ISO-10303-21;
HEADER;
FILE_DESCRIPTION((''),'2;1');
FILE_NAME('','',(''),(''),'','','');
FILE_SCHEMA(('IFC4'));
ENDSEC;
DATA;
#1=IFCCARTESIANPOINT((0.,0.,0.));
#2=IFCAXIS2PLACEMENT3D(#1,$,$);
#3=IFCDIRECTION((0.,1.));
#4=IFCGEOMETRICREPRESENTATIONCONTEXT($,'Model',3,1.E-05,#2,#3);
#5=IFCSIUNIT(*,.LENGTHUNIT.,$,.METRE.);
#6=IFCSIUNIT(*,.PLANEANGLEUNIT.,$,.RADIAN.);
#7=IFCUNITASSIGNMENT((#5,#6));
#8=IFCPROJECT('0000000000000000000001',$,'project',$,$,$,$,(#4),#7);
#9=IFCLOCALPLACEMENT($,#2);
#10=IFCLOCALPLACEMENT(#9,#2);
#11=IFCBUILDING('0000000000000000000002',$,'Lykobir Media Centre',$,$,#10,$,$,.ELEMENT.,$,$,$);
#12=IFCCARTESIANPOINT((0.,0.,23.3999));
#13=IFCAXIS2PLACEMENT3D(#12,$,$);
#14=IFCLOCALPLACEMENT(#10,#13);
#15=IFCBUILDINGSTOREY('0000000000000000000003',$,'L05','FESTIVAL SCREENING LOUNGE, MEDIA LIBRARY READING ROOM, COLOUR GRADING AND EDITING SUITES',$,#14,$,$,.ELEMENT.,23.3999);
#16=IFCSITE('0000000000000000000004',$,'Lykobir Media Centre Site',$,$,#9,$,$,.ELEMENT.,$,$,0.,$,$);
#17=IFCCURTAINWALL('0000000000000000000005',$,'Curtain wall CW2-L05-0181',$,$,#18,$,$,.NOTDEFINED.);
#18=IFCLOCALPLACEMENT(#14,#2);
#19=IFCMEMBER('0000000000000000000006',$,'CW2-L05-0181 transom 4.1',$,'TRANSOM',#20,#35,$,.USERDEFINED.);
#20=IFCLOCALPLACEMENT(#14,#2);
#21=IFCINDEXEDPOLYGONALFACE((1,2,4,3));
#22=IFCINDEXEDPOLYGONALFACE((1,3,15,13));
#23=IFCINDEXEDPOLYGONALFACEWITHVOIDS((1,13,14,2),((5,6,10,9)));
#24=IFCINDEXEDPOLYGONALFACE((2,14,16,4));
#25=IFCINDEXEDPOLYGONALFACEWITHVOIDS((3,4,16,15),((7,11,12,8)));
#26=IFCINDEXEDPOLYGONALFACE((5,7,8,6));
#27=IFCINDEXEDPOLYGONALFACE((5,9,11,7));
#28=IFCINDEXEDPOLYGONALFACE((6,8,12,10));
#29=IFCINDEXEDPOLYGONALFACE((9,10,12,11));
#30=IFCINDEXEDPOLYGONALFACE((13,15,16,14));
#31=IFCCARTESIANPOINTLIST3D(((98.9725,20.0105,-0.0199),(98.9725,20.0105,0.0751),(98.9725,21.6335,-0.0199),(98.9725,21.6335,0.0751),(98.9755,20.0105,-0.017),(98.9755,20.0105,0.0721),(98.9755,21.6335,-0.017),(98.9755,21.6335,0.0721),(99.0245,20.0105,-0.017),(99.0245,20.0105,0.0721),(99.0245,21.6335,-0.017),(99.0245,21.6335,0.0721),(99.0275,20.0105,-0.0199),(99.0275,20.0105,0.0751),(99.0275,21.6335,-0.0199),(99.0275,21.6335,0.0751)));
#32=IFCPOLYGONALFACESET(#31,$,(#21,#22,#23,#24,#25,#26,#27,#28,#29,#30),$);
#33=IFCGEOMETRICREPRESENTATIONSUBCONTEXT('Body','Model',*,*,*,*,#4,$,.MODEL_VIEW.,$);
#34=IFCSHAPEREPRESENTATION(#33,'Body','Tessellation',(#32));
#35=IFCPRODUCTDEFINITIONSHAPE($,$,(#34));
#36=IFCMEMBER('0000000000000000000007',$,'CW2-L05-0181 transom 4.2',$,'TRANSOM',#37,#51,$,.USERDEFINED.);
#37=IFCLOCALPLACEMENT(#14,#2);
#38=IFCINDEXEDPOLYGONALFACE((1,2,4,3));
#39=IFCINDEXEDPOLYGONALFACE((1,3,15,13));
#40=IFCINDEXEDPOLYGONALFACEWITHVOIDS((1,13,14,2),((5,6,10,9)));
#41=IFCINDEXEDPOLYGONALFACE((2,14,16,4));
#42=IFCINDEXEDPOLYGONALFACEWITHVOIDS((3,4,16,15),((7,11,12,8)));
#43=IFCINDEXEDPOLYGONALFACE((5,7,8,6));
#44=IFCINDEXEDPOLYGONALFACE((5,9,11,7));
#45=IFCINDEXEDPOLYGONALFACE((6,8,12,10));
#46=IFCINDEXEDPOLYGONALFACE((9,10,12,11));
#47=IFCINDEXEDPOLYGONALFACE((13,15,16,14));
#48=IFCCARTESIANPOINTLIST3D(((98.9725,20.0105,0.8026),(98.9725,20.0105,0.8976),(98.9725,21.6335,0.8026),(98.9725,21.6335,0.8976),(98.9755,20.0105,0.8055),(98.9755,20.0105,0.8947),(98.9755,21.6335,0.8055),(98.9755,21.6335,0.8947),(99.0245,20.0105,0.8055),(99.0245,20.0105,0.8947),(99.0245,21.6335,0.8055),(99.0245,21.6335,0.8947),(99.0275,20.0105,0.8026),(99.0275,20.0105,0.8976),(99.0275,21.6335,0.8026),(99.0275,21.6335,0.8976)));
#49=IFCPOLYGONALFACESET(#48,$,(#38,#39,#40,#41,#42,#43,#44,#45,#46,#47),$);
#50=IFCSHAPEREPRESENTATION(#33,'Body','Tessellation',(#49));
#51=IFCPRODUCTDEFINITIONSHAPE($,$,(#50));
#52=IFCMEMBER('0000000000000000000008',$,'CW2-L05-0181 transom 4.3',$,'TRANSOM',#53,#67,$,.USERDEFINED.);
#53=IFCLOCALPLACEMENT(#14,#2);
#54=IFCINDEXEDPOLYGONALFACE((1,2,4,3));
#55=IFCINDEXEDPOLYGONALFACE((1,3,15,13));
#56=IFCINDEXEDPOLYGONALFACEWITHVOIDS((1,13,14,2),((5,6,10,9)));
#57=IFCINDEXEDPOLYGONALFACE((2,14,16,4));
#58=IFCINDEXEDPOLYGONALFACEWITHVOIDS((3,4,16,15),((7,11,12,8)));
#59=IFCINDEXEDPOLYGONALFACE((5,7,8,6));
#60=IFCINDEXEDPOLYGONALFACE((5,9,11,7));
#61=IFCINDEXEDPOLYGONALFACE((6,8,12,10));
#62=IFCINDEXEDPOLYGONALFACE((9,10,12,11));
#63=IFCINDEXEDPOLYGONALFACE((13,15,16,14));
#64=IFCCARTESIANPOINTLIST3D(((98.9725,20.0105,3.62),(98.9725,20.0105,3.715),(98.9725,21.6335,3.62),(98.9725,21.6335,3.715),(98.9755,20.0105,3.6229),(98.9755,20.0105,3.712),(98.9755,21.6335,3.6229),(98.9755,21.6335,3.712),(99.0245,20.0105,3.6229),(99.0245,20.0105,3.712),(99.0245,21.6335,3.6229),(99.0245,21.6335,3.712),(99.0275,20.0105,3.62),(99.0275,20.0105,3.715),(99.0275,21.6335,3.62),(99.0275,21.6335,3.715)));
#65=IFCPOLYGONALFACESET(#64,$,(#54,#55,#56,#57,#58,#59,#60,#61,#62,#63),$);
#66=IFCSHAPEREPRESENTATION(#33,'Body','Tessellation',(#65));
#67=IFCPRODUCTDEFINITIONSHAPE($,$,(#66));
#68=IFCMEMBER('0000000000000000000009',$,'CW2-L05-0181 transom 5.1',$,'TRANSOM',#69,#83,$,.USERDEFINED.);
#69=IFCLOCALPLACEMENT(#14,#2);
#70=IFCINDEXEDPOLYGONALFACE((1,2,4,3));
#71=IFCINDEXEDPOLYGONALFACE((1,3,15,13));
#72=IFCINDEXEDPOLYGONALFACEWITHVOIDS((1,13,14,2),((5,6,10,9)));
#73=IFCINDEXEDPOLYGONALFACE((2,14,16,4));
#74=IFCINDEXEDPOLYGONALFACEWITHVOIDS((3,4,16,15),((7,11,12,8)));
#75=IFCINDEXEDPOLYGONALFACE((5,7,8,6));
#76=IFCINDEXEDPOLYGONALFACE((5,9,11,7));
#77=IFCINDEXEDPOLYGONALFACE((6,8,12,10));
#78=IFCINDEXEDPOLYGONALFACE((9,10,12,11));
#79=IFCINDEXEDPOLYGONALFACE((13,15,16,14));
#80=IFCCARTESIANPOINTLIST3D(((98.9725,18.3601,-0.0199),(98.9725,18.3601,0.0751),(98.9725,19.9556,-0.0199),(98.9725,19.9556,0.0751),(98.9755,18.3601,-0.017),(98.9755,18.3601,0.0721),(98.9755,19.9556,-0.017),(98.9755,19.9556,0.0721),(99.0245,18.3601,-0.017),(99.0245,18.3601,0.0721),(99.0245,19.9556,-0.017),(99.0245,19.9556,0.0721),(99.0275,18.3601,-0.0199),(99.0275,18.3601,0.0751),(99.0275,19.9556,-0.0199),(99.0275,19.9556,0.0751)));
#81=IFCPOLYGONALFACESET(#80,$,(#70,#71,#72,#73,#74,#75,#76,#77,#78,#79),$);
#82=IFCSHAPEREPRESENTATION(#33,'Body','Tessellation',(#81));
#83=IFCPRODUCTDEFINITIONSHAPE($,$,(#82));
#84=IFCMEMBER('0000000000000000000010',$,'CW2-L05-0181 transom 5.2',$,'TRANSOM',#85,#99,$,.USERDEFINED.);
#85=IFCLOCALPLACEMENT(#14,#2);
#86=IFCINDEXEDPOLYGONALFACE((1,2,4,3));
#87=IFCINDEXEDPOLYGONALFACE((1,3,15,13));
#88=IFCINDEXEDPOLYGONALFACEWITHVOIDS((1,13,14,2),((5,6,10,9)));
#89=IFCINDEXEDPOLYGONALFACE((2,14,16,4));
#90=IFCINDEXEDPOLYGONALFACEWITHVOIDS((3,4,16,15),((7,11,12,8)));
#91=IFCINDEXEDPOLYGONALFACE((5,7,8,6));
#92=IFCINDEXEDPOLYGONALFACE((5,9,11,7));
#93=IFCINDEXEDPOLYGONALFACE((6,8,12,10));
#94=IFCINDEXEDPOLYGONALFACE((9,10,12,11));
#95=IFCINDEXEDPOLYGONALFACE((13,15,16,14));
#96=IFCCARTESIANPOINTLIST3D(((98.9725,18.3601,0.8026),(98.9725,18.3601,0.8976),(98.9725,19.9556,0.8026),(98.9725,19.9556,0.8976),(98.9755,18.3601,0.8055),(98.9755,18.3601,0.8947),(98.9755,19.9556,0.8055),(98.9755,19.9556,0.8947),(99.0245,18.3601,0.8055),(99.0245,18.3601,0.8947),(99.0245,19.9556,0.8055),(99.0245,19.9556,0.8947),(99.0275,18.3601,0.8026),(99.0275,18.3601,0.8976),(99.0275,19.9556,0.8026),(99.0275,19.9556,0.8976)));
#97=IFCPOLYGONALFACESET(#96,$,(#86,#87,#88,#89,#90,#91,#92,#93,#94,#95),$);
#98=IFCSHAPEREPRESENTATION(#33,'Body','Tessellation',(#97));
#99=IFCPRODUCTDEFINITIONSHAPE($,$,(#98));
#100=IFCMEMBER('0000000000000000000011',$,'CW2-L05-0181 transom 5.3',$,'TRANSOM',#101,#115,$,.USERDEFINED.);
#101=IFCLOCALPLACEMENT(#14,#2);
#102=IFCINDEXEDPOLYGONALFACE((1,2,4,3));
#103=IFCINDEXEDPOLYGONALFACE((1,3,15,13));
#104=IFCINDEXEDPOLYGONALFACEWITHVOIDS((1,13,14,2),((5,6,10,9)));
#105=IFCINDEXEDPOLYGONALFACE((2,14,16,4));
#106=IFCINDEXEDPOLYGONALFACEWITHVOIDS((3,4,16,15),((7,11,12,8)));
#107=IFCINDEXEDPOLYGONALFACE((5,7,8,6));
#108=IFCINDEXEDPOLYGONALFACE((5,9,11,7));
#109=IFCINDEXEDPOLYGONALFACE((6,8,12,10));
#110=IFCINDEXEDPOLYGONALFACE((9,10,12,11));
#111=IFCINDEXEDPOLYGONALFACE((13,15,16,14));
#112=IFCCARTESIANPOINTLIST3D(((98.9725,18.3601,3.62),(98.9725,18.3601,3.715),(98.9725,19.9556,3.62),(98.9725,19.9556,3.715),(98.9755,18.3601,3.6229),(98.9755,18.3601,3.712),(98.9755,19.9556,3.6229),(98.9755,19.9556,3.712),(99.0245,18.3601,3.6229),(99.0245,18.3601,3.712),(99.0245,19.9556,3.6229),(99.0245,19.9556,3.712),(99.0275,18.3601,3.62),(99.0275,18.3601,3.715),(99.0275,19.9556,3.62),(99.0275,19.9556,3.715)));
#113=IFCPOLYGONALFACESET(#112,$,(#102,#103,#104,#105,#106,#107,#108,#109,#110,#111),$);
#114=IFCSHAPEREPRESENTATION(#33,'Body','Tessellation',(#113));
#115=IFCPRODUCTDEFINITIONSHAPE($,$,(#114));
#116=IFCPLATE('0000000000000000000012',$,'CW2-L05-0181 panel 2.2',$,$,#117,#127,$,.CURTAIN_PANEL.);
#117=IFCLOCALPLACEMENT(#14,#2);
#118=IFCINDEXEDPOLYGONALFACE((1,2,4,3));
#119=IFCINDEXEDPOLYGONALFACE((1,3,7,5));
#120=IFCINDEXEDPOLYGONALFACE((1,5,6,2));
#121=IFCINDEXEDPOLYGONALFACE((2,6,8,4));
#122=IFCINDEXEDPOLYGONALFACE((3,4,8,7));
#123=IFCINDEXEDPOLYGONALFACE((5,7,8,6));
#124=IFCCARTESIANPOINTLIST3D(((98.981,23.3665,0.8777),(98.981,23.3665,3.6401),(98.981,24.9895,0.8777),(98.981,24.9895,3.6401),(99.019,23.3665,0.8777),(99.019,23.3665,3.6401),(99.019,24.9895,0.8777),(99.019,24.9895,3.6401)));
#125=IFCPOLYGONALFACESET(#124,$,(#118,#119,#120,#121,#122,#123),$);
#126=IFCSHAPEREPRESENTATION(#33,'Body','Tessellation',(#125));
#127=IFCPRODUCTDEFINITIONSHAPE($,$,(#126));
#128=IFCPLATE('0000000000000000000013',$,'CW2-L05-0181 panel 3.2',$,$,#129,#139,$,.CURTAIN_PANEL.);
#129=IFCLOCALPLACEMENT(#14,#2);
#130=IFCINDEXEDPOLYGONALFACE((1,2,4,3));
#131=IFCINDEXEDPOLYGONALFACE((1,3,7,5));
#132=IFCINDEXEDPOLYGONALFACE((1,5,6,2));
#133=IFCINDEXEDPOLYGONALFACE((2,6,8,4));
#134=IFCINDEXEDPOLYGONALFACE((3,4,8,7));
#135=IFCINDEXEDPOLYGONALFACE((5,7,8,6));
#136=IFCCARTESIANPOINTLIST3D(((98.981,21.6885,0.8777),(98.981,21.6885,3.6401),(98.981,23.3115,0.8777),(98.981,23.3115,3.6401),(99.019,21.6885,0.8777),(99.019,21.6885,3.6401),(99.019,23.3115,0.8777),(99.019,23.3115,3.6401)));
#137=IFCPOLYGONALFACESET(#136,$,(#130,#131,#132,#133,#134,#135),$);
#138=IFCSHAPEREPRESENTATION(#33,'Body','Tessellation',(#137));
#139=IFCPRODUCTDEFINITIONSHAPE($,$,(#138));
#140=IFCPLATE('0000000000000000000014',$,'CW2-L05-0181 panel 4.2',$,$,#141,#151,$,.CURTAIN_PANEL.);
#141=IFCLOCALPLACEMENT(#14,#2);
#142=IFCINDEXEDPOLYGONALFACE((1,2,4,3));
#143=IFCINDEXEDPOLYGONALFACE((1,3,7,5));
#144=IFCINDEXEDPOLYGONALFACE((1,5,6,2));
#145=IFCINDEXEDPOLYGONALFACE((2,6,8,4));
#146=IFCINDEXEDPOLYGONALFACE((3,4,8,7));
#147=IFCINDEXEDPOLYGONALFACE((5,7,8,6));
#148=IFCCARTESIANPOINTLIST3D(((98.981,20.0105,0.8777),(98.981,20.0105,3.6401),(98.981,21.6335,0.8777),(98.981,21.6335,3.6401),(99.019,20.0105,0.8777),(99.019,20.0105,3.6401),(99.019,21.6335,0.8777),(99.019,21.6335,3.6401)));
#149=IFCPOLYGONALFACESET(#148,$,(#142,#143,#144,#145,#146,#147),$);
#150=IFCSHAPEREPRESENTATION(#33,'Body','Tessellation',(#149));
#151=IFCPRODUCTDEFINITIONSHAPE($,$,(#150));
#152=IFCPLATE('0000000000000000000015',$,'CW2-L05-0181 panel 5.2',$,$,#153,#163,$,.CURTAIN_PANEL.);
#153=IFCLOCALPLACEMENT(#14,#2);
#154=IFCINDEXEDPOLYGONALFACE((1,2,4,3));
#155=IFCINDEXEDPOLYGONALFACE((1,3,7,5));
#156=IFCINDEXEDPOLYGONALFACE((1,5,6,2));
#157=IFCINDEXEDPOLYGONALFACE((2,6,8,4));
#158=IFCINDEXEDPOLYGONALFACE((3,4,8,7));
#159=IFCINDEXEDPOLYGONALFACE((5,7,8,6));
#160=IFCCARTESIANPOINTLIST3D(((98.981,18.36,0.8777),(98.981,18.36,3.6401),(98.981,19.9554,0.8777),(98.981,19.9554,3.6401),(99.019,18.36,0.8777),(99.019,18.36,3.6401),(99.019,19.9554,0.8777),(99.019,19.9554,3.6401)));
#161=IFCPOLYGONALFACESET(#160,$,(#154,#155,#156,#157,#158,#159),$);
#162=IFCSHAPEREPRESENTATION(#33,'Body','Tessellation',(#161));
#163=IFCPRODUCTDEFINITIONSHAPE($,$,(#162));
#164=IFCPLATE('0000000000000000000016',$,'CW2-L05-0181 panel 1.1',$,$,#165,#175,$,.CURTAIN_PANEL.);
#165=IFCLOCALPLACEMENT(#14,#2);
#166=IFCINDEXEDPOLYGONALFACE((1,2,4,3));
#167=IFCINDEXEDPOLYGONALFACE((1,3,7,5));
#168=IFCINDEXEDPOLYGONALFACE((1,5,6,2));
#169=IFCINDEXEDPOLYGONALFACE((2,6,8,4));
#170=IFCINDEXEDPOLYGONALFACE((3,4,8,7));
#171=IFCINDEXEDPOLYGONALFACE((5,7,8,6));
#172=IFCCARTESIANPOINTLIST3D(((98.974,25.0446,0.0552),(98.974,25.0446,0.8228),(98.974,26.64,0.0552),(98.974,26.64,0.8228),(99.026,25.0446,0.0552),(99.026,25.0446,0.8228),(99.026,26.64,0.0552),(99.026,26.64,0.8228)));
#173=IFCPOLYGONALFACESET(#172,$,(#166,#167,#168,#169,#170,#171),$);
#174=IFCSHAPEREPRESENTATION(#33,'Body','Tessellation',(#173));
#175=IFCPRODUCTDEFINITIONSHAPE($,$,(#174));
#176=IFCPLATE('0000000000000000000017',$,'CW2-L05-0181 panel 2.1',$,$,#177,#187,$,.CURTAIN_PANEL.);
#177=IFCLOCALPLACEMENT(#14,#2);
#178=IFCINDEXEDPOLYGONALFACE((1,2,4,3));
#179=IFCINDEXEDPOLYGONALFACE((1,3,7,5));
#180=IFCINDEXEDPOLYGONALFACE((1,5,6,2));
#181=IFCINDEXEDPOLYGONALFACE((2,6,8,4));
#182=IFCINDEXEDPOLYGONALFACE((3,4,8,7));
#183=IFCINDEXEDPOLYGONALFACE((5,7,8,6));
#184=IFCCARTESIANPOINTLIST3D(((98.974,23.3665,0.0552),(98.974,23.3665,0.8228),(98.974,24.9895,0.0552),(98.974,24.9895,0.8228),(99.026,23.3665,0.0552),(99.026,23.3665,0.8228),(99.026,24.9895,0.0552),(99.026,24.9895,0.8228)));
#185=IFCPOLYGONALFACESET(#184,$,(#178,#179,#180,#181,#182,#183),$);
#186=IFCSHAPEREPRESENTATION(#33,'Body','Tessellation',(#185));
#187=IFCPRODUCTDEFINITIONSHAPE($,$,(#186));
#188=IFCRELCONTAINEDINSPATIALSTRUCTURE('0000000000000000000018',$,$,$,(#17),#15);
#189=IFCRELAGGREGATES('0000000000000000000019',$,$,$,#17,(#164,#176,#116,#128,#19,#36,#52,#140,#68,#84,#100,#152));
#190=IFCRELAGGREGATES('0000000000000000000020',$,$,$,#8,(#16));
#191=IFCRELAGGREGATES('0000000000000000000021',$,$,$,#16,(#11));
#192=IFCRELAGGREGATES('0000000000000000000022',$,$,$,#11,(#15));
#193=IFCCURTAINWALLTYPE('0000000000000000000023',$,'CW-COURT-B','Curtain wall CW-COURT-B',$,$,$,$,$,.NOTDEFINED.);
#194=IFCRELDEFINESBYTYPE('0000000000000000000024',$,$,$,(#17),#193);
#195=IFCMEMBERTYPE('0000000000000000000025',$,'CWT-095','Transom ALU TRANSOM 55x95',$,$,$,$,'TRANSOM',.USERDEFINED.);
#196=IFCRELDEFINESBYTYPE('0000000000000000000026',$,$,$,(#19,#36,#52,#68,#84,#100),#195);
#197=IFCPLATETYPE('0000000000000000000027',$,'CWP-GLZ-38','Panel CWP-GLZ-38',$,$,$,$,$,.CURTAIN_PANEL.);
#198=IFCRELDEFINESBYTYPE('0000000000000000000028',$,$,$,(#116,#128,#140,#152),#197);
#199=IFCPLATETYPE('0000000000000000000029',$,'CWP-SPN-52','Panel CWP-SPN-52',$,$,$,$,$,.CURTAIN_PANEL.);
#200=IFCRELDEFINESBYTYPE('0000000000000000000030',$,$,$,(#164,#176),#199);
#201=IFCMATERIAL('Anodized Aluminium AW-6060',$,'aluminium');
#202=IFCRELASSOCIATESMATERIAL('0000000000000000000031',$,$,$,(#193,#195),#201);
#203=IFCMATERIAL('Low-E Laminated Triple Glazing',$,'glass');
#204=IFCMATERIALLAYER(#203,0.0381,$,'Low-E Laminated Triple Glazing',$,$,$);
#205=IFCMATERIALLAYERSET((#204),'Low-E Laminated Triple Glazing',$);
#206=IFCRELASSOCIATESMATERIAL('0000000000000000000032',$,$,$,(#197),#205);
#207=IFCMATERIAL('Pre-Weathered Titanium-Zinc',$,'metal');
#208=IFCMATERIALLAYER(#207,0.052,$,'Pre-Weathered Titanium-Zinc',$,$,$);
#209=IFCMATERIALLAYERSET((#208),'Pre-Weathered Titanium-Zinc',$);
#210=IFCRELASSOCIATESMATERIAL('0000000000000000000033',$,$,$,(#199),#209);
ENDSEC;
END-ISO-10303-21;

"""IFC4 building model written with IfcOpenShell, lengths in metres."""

from ifc_helpers import new_model, si_unit, direction, frame, origin, origin_2d, place, context, subcontext, project, spatial, rectangle, hollow_rectangle, extrude, material, layer, layer_set, material_profile, profile_set, type_object, element, aggregate, save


model = new_model("IFC4")

# Units and contexts
model_context = context("Model", 3, precision=1e-05, world=origin(), true_north=direction((0.0, 1.0)))
body_context = subcontext(model_context, "Body", "Model", "MODEL_VIEW")
ifc_project = project(units=[si_unit("LENGTHUNIT", "METRE"), si_unit("PLANEANGLEUNIT", "RADIAN")], contexts=[model_context])

# Site, building, storey
site_placement = place(None, origin())
site = spatial("IfcSite", under=ifc_project, at=site_placement, Name="Lykobir Media Centre Site", CompositionType="ELEMENT", RefElevation=0.0)
building_placement = place(site_placement, origin())
building = spatial("IfcBuilding", under=site, at=building_placement, Name="Lykobir Media Centre", CompositionType="ELEMENT")
storey_placement = place(building_placement, frame((0.0, 0.0, 23.3999)))
storey = spatial("IfcBuildingStorey", under=building, at=storey_placement, Name="L05", Description="FESTIVAL SCREENING LOUNGE, MEDIA LIBRARY READING ROOM, COLOUR GRADING AND EDITING SUITES", CompositionType="ELEMENT", Elevation=23.3999)

# Curtain wall, members, plates
ifc_material_1 = material(Name="Anodized Aluminium AW-6060", Category="aluminium")
curtain_wall_type = type_object("IfcCurtainWallType", Name="CW-COURT-B", Description="Curtain wall CW-COURT-B", PredefinedType="NOTDEFINED", material=ifc_material_1)
curtain_wall_placement = place(storey_placement, origin())
curtain_wall = element("IfcCurtainWall", 1, at=curtain_wall_placement, inside=storey, type_object=curtain_wall_type, Name="Curtain wall CW2-L05-0181", PredefinedType="NOTDEFINED")
ifc_material_profile_1 = material_profile(ifc_material_1, hollow_rectangle(XDim=0.0549, YDim=0.095, WallThickness=0.0029, at=origin_2d()), Name="ALU TRANSOM 55x95")
ifc_profile_set_1 = profile_set([ifc_material_profile_1], Name="Anodized Aluminium AW-6060")
member_type_1 = type_object("IfcMemberType", Name="CWT-095", Description="Transom ALU TRANSOM 55x95", ElementType="TRANSOM", PredefinedType="USERDEFINED", material=ifc_profile_set_1)
member_1_placement = place(storey_placement, frame((99.0, 21.6335, 0.0276), z_axis=(0.0, -1.0, 0.0), x_axis=(1.0, 0.0, 0.0)))
member_1 = element("IfcMember", 2, at=member_1_placement, type_object=member_type_1, Name="CW2-L05-0181 transom 4.1", ObjectType="TRANSOM", PredefinedType="USERDEFINED", context=body_context, shape_type="SweptSolid", body=[
    extrude(hollow_rectangle(XDim=0.0549, YDim=0.095, WallThickness=0.0029, at=origin_2d()), origin(), (0.0, 0.0, 1.0), 1.623),
])
member_2_placement = place(storey_placement, frame((99.0, 21.6335, 0.8501), z_axis=(0.0, -1.0, 0.0), x_axis=(1.0, 0.0, 0.0)))
member_2 = element("IfcMember", 3, at=member_2_placement, type_object=member_type_1, Name="CW2-L05-0181 transom 4.2", ObjectType="TRANSOM", PredefinedType="USERDEFINED", context=body_context, shape_type="SweptSolid", body=[
    extrude(hollow_rectangle(XDim=0.0549, YDim=0.095, WallThickness=0.0029, at=origin_2d()), origin(), (0.0, 0.0, 1.0), 1.623),
])
member_3_placement = place(storey_placement, frame((99.0, 21.6335, 3.6675), z_axis=(0.0, -1.0, 0.0), x_axis=(1.0, 0.0, 0.0)))
member_3 = element("IfcMember", 4, at=member_3_placement, type_object=member_type_1, Name="CW2-L05-0181 transom 4.3", ObjectType="TRANSOM", PredefinedType="USERDEFINED", context=body_context, shape_type="SweptSolid", body=[
    extrude(hollow_rectangle(XDim=0.0549, YDim=0.095, WallThickness=0.0029, at=origin_2d()), origin(), (0.0, 0.0, 1.0), 1.623),
])
member_4_placement = place(storey_placement, frame((99.0, 19.9556, 0.0276), z_axis=(0.0, -1.0, 0.0), x_axis=(1.0, 0.0, 0.0)))
member_4 = element("IfcMember", 5, at=member_4_placement, type_object=member_type_1, Name="CW2-L05-0181 transom 5.1", ObjectType="TRANSOM", PredefinedType="USERDEFINED", context=body_context, shape_type="SweptSolid", body=[
    extrude(hollow_rectangle(XDim=0.0549, YDim=0.095, WallThickness=0.0029, at=origin_2d()), origin(), (0.0, 0.0, 1.0), 1.5955),
])
member_5_placement = place(storey_placement, frame((99.0, 19.9556, 0.8501), z_axis=(0.0, -1.0, 0.0), x_axis=(1.0, 0.0, 0.0)))
member_5 = element("IfcMember", 6, at=member_5_placement, type_object=member_type_1, Name="CW2-L05-0181 transom 5.2", ObjectType="TRANSOM", PredefinedType="USERDEFINED", context=body_context, shape_type="SweptSolid", body=[
    extrude(hollow_rectangle(XDim=0.0549, YDim=0.095, WallThickness=0.0029, at=origin_2d()), origin(), (0.0, 0.0, 1.0), 1.5955),
])
member_6_placement = place(storey_placement, frame((99.0, 19.9556, 3.6675), z_axis=(0.0, -1.0, 0.0), x_axis=(1.0, 0.0, 0.0)))
member_6 = element("IfcMember", 7, at=member_6_placement, type_object=member_type_1, Name="CW2-L05-0181 transom 5.3", ObjectType="TRANSOM", PredefinedType="USERDEFINED", context=body_context, shape_type="SweptSolid", body=[
    extrude(hollow_rectangle(XDim=0.0549, YDim=0.095, WallThickness=0.0029, at=origin_2d()), origin(), (0.0, 0.0, 1.0), 1.5955),
])
ifc_material_2 = material(Name="Low-E Laminated Triple Glazing", Category="glass")
ifc_layer_1 = layer(ifc_material_2, 0.0381, Name="Low-E Laminated Triple Glazing")
ifc_layer_set_1 = layer_set([ifc_layer_1], Name="Low-E Laminated Triple Glazing")
plate_type_1 = type_object("IfcPlateType", Name="CWP-GLZ-38", Description="Panel CWP-GLZ-38", PredefinedType="CURTAIN_PANEL", material=ifc_layer_set_1)
plate_1_placement = place(storey_placement, frame((99.0, 24.178, 0.8777), z_axis=(0.0, 0.0, 1.0), x_axis=(0.0, -1.0, 0.0)))
plate_1 = element("IfcPlate", 8, at=plate_1_placement, type_object=plate_type_1, Name="CW2-L05-0181 panel 2.2", PredefinedType="CURTAIN_PANEL", context=body_context, shape_type="SweptSolid", body=[
    extrude(rectangle(XDim=1.623, YDim=0.0381, at=origin_2d()), origin(), (0.0, 0.0, 1.0), 2.7625),
])
plate_2_placement = place(storey_placement, frame((99.0, 22.5, 0.8777), z_axis=(0.0, 0.0, 1.0), x_axis=(0.0, -1.0, 0.0)))
plate_2 = element("IfcPlate", 9, at=plate_2_placement, type_object=plate_type_1, Name="CW2-L05-0181 panel 3.2", PredefinedType="CURTAIN_PANEL", context=body_context, shape_type="SweptSolid", body=[
    extrude(rectangle(XDim=1.623, YDim=0.0381, at=origin_2d()), origin(), (0.0, 0.0, 1.0), 2.7625),
])
plate_3_placement = place(storey_placement, frame((99.0, 20.822, 0.8777), z_axis=(0.0, 0.0, 1.0), x_axis=(0.0, -1.0, 0.0)))
plate_3 = element("IfcPlate", 10, at=plate_3_placement, type_object=plate_type_1, Name="CW2-L05-0181 panel 4.2", PredefinedType="CURTAIN_PANEL", context=body_context, shape_type="SweptSolid", body=[
    extrude(rectangle(XDim=1.623, YDim=0.0381, at=origin_2d()), origin(), (0.0, 0.0, 1.0), 2.7625),
])
plate_4_placement = place(storey_placement, frame((99.0, 19.1577, 0.8777), z_axis=(0.0, 0.0, 1.0), x_axis=(0.0, -1.0, 0.0)))
plate_4 = element("IfcPlate", 11, at=plate_4_placement, type_object=plate_type_1, Name="CW2-L05-0181 panel 5.2", PredefinedType="CURTAIN_PANEL", context=body_context, shape_type="SweptSolid", body=[
    extrude(rectangle(XDim=1.5955, YDim=0.0381, at=origin_2d()), origin(), (0.0, 0.0, 1.0), 2.7625),
])
ifc_material_3 = material(Name="Pre-Weathered Titanium-Zinc", Category="metal")
ifc_layer_2 = layer(ifc_material_3, 0.052, Name="Pre-Weathered Titanium-Zinc")
ifc_layer_set_2 = layer_set([ifc_layer_2], Name="Pre-Weathered Titanium-Zinc")
plate_type_2 = type_object("IfcPlateType", Name="CWP-SPN-52", Description="Panel CWP-SPN-52", PredefinedType="CURTAIN_PANEL", material=ifc_layer_set_2)
plate_5_placement = place(storey_placement, frame((99.0, 25.8423, 0.0552), z_axis=(0.0, 0.0, 1.0), x_axis=(0.0, -1.0, 0.0)))
plate_5 = element("IfcPlate", 12, at=plate_5_placement, type_object=plate_type_2, Name="CW2-L05-0181 panel 1.1", PredefinedType="CURTAIN_PANEL", context=body_context, shape_type="SweptSolid", body=[
    extrude(rectangle(XDim=1.5955, YDim=0.052, at=origin_2d()), origin(), (0.0, 0.0, 1.0), 0.7676),
])
plate_6_placement = place(storey_placement, frame((99.0, 24.178, 0.0552), z_axis=(0.0, 0.0, 1.0), x_axis=(0.0, -1.0, 0.0)))
plate_6 = element("IfcPlate", 13, at=plate_6_placement, type_object=plate_type_2, Name="CW2-L05-0181 panel 2.1", PredefinedType="CURTAIN_PANEL", context=body_context, shape_type="SweptSolid", body=[
    extrude(rectangle(XDim=1.623, YDim=0.052, at=origin_2d()), origin(), (0.0, 0.0, 1.0), 0.7676),
])
aggregate(curtain_wall, [plate_5, plate_6, plate_1, plate_2, member_1, member_2, member_3, plate_3, member_4, member_5, member_6, plate_4])

save(model, "model.ifc")
